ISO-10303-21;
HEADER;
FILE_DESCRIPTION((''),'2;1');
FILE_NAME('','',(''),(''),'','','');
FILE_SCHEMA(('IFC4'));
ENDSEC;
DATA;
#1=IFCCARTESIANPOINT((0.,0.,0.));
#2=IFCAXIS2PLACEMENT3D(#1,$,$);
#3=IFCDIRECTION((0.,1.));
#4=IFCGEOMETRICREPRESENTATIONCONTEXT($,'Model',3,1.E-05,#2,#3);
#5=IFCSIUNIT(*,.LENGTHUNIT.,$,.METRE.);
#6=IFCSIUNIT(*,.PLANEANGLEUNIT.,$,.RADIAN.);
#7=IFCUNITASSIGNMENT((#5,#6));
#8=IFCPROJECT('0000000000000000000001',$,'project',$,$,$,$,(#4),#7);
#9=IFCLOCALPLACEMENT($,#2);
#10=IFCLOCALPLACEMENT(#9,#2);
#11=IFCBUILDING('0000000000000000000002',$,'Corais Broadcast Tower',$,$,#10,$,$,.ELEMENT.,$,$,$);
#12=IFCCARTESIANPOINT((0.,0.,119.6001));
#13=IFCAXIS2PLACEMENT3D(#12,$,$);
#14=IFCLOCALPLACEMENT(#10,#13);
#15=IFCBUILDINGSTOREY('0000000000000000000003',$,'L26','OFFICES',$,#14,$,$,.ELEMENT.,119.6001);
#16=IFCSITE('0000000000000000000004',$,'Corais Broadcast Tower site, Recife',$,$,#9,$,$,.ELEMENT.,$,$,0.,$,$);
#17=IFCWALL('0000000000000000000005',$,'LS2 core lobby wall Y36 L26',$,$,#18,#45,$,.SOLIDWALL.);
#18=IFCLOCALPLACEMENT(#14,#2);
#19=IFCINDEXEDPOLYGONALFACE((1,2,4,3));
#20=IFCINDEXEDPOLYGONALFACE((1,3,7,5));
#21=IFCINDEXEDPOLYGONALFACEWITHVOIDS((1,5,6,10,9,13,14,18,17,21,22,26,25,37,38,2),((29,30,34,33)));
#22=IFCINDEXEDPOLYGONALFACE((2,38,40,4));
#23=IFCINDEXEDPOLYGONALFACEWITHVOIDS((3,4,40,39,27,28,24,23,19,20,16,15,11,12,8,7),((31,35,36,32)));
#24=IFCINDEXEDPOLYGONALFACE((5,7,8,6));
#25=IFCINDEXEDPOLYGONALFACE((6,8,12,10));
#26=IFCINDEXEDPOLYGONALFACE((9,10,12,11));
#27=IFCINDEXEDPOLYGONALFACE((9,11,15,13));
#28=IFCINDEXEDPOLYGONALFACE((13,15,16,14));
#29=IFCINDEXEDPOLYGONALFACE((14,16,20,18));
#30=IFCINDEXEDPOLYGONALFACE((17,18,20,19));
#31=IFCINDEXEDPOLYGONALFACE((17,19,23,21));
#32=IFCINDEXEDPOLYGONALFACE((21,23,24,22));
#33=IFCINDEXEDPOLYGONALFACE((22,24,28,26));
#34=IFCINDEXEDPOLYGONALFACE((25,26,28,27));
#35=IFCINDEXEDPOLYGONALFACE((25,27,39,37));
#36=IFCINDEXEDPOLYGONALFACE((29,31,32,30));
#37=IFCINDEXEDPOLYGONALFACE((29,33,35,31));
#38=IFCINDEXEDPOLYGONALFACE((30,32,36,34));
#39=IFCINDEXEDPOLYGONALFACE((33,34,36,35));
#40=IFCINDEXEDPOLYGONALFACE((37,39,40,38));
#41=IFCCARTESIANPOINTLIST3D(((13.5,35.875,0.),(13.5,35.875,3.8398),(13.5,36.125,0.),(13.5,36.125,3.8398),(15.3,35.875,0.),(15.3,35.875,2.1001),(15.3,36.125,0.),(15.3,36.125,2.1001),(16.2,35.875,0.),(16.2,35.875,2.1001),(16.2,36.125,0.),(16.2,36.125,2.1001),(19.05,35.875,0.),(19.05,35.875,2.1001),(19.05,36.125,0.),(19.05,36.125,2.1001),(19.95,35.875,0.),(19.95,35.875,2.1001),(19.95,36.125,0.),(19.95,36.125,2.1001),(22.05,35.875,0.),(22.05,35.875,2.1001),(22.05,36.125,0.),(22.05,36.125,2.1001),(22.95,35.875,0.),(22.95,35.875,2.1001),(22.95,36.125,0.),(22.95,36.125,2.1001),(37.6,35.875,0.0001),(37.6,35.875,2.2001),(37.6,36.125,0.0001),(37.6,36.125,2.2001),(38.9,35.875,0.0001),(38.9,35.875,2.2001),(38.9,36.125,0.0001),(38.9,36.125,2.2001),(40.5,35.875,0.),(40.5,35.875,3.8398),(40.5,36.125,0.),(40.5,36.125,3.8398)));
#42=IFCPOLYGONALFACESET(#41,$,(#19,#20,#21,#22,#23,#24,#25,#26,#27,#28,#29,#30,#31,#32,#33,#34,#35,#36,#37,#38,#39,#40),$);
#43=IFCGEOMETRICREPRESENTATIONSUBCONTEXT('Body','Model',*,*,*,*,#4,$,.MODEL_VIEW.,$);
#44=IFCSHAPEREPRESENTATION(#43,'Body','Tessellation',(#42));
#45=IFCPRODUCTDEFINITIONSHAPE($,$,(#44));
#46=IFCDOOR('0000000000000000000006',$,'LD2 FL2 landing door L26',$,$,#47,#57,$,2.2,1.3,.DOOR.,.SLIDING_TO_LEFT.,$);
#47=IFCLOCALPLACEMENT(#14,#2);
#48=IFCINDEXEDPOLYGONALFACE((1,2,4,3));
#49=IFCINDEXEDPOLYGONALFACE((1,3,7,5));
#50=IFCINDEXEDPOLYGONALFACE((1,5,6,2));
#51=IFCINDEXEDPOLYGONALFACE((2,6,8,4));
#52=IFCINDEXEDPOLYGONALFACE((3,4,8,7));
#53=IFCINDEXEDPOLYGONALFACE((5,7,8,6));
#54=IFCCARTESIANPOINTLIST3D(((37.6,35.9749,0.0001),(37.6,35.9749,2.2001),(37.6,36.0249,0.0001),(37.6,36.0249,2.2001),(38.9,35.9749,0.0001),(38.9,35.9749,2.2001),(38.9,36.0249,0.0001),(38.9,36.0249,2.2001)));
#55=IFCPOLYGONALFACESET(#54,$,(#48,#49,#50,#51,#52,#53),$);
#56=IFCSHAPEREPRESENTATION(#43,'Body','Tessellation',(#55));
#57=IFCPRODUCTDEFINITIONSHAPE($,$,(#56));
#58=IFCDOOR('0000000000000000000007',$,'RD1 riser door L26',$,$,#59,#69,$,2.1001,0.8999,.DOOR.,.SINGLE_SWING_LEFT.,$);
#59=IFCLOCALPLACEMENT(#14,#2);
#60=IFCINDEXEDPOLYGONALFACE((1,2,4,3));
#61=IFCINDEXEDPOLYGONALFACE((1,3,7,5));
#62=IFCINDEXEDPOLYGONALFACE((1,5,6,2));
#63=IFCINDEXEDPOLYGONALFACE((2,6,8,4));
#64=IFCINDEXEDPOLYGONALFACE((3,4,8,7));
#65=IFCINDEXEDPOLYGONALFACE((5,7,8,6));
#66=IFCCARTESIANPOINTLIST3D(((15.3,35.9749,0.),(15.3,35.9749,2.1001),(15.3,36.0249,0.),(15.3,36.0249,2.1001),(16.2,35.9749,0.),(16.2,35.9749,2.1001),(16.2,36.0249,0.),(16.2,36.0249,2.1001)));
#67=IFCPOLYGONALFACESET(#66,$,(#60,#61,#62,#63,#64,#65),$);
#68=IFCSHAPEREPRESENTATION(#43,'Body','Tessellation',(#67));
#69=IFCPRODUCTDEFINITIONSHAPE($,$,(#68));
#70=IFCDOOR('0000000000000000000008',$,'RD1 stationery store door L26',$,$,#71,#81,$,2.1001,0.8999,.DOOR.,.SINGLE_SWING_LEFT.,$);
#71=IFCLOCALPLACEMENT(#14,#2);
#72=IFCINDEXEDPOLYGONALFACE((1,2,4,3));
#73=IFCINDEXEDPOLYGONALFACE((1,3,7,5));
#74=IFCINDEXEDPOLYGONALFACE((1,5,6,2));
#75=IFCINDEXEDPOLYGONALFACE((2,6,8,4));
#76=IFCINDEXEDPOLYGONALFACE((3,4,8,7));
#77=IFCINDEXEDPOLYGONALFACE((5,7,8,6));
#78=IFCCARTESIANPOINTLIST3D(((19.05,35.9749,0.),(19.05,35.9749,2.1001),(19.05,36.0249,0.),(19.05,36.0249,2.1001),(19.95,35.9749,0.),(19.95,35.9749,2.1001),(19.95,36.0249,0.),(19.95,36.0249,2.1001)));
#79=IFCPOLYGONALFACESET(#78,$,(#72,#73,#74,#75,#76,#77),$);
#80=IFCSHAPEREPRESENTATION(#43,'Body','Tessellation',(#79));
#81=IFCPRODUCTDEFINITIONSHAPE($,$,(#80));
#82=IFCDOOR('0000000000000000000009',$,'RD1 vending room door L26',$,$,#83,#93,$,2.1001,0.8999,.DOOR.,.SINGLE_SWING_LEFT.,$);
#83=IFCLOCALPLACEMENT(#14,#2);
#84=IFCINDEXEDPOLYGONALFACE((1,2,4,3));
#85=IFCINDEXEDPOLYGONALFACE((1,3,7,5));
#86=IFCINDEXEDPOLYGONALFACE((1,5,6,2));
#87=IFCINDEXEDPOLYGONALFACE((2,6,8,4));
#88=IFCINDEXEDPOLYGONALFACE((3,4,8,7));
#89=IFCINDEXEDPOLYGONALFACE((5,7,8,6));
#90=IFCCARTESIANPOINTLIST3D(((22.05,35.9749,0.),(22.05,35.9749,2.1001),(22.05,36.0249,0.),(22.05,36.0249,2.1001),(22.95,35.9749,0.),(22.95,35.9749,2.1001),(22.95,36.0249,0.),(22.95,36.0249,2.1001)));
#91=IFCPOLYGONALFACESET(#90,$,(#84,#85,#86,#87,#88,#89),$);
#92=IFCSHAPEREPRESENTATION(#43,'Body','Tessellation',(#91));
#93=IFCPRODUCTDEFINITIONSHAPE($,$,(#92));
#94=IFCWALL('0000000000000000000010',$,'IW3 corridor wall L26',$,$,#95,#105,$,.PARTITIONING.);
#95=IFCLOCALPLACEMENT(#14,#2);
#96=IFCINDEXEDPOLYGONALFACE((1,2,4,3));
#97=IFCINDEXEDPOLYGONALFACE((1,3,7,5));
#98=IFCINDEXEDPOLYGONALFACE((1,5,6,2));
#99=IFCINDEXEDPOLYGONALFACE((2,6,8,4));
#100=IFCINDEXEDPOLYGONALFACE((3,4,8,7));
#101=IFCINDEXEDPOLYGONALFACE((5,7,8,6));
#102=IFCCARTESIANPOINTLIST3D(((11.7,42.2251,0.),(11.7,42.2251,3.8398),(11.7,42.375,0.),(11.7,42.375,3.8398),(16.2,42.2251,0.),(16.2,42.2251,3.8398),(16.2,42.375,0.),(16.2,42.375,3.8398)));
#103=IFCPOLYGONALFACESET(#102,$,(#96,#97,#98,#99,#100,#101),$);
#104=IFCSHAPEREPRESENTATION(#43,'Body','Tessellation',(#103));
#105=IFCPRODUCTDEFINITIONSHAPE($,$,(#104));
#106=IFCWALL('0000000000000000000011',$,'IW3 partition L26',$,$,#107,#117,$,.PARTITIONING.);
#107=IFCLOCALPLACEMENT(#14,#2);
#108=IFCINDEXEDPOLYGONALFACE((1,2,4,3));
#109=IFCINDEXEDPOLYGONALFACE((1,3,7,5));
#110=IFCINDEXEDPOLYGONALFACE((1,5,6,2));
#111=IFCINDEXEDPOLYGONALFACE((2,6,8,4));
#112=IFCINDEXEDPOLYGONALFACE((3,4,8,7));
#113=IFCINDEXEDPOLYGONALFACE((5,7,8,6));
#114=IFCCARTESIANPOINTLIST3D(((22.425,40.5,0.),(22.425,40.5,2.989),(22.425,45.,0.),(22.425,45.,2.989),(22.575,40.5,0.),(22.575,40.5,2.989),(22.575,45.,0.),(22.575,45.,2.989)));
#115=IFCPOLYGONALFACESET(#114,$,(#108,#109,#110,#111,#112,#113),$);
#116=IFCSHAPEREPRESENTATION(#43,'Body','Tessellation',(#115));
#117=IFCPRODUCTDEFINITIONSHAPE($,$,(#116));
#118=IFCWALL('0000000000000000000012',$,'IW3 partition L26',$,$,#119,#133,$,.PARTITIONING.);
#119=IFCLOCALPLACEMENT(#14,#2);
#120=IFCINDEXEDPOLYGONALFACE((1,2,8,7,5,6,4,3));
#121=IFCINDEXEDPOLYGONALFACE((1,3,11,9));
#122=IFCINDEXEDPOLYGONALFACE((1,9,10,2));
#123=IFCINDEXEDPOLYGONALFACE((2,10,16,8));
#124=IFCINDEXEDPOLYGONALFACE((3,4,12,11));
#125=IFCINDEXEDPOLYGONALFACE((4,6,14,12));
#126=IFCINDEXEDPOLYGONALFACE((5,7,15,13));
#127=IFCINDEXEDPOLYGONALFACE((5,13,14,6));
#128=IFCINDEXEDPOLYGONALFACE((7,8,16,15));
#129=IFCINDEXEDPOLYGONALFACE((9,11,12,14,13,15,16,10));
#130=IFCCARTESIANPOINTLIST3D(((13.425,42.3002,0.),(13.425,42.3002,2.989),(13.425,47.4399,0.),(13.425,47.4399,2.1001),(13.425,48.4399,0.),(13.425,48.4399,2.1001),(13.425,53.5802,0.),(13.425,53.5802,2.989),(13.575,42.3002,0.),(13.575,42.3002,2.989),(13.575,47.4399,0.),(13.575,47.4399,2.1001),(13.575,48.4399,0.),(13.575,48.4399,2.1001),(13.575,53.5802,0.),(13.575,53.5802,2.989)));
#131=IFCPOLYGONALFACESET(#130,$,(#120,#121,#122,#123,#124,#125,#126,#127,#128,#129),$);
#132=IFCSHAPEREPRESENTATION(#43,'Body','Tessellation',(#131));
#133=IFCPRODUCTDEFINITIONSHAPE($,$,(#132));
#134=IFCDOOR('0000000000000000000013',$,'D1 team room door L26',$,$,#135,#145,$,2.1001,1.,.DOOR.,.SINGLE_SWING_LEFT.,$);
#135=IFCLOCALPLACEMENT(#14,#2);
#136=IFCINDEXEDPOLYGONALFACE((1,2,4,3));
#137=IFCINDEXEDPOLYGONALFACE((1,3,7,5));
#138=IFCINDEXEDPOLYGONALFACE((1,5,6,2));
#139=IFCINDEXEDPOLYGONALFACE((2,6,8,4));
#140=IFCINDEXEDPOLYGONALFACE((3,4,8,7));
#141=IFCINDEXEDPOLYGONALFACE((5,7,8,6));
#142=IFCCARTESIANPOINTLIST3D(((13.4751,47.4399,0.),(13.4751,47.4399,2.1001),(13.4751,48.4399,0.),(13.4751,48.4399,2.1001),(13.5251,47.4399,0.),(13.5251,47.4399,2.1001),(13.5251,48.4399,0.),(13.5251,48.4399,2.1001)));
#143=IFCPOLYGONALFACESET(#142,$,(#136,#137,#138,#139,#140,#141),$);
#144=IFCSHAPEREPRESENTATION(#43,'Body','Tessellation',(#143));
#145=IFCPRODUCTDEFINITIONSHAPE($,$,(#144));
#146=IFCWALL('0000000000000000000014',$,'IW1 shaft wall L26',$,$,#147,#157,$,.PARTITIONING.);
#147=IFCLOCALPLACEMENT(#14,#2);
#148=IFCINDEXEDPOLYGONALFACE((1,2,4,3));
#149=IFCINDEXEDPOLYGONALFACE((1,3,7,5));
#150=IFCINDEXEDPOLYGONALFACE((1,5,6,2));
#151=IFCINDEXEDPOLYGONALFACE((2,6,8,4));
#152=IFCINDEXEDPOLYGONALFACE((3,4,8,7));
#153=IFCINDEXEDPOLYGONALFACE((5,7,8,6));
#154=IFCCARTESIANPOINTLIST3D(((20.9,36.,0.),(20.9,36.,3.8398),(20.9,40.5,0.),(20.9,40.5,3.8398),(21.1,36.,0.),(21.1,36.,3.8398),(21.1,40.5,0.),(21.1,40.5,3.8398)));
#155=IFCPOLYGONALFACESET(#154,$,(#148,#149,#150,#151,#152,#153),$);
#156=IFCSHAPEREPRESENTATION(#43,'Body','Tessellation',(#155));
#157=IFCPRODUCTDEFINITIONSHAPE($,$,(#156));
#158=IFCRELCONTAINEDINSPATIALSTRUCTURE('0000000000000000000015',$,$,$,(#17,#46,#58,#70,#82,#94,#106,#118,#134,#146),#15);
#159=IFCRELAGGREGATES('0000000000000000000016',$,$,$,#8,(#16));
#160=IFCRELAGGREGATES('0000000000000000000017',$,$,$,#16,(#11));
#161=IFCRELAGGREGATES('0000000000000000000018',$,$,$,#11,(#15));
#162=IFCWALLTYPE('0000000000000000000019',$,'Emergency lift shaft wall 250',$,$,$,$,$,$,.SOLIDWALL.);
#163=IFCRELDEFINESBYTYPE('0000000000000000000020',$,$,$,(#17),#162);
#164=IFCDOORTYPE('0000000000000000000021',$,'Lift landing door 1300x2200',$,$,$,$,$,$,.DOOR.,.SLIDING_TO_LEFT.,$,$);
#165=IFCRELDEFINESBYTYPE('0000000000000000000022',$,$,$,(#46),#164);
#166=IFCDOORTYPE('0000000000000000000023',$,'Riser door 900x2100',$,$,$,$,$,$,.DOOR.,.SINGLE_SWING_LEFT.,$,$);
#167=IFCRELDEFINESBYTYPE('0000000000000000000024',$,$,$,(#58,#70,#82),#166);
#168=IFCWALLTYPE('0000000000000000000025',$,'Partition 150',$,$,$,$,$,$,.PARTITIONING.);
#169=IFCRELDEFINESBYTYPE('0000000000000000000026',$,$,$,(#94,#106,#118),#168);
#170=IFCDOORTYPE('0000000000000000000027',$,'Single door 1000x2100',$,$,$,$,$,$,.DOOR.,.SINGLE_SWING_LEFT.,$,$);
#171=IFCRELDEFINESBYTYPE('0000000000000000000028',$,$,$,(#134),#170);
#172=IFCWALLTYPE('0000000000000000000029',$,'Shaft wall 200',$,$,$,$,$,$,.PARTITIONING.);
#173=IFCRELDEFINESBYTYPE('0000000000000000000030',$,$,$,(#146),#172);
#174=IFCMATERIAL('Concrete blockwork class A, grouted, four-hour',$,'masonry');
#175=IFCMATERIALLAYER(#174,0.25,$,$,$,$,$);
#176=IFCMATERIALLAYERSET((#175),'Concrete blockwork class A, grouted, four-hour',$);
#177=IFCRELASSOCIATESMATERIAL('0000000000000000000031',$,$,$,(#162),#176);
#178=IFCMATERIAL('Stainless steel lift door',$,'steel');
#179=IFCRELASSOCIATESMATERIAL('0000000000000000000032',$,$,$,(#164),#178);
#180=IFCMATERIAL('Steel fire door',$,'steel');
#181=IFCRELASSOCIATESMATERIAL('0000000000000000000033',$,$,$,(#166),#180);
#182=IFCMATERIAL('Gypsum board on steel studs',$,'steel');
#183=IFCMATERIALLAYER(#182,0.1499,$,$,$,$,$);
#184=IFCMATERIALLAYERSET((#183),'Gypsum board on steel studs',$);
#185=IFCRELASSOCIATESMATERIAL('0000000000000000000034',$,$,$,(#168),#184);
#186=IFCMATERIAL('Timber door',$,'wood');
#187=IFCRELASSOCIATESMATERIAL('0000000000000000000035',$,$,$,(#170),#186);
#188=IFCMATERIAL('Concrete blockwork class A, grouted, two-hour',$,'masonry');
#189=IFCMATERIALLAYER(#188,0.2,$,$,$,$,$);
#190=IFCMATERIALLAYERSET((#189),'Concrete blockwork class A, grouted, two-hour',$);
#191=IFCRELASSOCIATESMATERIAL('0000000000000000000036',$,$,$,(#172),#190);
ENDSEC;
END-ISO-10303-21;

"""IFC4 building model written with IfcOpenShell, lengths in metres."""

from ifc_helpers import new_model, si_unit, direction, frame, frame_2d, origin, place, context, subcontext, project, spatial, rectangle, extrude, material, layer, layer_set, type_object, element, fill, save


model = new_model("IFC4")

# Units and contexts
model_context = context("Model", 3, precision=1e-05, world=origin(), true_north=direction((0.0, 1.0)))
body_context = subcontext(model_context, "Body", "Model", "MODEL_VIEW")
ifc_project = project(units=[si_unit("LENGTHUNIT", "METRE"), si_unit("PLANEANGLEUNIT", "RADIAN")], contexts=[model_context])

# Site, building, storey
site_placement = place(None, origin())
site = spatial("IfcSite", under=ifc_project, at=site_placement, Name="Corais Broadcast Tower site, Recife", CompositionType="ELEMENT", RefElevation=0.0)
building_placement = place(site_placement, origin())
building = spatial("IfcBuilding", under=site, at=building_placement, Name="Corais Broadcast Tower", CompositionType="ELEMENT")
storey_placement = place(building_placement, frame((0.0, 0.0, 119.6001)))
storey = spatial("IfcBuildingStorey", under=building, at=storey_placement, Name="L26", Description="OFFICES", CompositionType="ELEMENT", Elevation=119.6001)

# Wall, openings, doors
ifc_material_1 = material(Name="Concrete blockwork class A, grouted, four-hour", Category="masonry")
ifc_layer_1 = layer(ifc_material_1, 0.25)
ifc_layer_set_1 = layer_set([ifc_layer_1], Name="Concrete blockwork class A, grouted, four-hour")
wall_type_1 = type_object("IfcWallType", Name="Emergency lift shaft wall 250", PredefinedType="SOLIDWALL", material=ifc_layer_set_1)
wall_1_placement = place(storey_placement, frame((13.5, 36.0, 0.0), z_axis=(0.0, 0.0, 1.0), x_axis=(1.0, 0.0, 0.0)))
wall_1 = element("IfcWall", 1, at=wall_1_placement, inside=storey, type_object=wall_type_1, Name="LS2 core lobby wall Y36 L26", PredefinedType="SOLIDWALL", context=body_context, shape_type="SweptSolid", body=[
    extrude(rectangle(XDim=27.0, YDim=0.25, at=frame_2d((13.5, 0.0))), origin(), (0.0, 0.0, 1.0), 3.8398),
])
opening_1_placement = place(wall_1_placement, frame((1.8, 0.0, 0.0)))
opening_1 = element("IfcOpeningElement", 2, at=opening_1_placement, cuts=wall_1, PredefinedType="OPENING", context=body_context, shape_type="SweptSolid", body=[
    extrude(rectangle(XDim=0.8999, YDim=2.1001, at=frame_2d((0.45, 1.05))), frame((0.0, 0.135, 0.0), z_axis=(0.0, -1.0, 0.0), x_axis=(1.0, 0.0, 0.0)), (0.0, 0.0, 1.0), 0.27),
])
opening_2_placement = place(wall_1_placement, frame((5.55, 0.0, 0.0)))
opening_2 = element("IfcOpeningElement", 3, at=opening_2_placement, cuts=wall_1, PredefinedType="OPENING", context=body_context, shape_type="SweptSolid", body=[
    extrude(rectangle(XDim=0.8999, YDim=2.1001, at=frame_2d((0.45, 1.05))), frame((0.0, 0.135, 0.0), z_axis=(0.0, -1.0, 0.0), x_axis=(1.0, 0.0, 0.0)), (0.0, 0.0, 1.0), 0.27),
])
opening_3_placement = place(wall_1_placement, frame((8.55, 0.0, 0.0)))
opening_3 = element("IfcOpeningElement", 4, at=opening_3_placement, cuts=wall_1, PredefinedType="OPENING", context=body_context, shape_type="SweptSolid", body=[
    extrude(rectangle(XDim=0.8999, YDim=2.1001, at=frame_2d((0.45, 1.05))), frame((0.0, 0.135, 0.0), z_axis=(0.0, -1.0, 0.0), x_axis=(1.0, 0.0, 0.0)), (0.0, 0.0, 1.0), 0.27),
])
opening_4_placement = place(wall_1_placement, frame((24.1001, 0.0, 0.0)))
opening_4 = element("IfcOpeningElement", 5, at=opening_4_placement, cuts=wall_1, PredefinedType="OPENING", context=body_context, shape_type="SweptSolid", body=[
    extrude(rectangle(XDim=1.3, YDim=2.2, at=frame_2d((0.6499, 1.1001))), frame((0.0, 0.135, 0.0), z_axis=(0.0, -1.0, 0.0), x_axis=(1.0, 0.0, 0.0)), (0.0, 0.0, 1.0), 0.27),
])
ifc_material_2 = material(Name="Stainless steel lift door", Category="steel")
door_type_1 = type_object("IfcDoorType", Name="Lift landing door 1300x2200", OperationType="SLIDING_TO_LEFT", PredefinedType="DOOR", material=ifc_material_2)
door_1_placement = place(opening_4_placement, origin())
door_1 = element("IfcDoor", 6, at=door_1_placement, inside=storey, type_object=door_type_1, Name="LD2 FL2 landing door L26", OperationType="SLIDING_TO_LEFT", OverallHeight=2.2, OverallWidth=1.3, PredefinedType="DOOR", context=body_context, shape_type="SweptSolid", body=[
    extrude(rectangle(XDim=1.3, YDim=2.2, at=frame_2d((0.6499, 1.1001))), frame((0.0, 0.0249, 0.0), z_axis=(0.0, -1.0, 0.0), x_axis=(1.0, 0.0, 0.0)), (0.0, 0.0, 1.0), 0.05),
])
fill(opening_4, door_1)
ifc_material_3 = material(Name="Steel fire door", Category="steel")
door_type_2 = type_object("IfcDoorType", Name="Riser door 900x2100", OperationType="SINGLE_SWING_LEFT", PredefinedType="DOOR", material=ifc_material_3)
door_2_placement = place(opening_1_placement, origin())
door_2 = element("IfcDoor", 7, at=door_2_placement, inside=storey, type_object=door_type_2, Name="RD1 riser door L26", OperationType="SINGLE_SWING_LEFT", OverallHeight=2.1001, OverallWidth=0.8999, PredefinedType="DOOR", context=body_context, shape_type="SweptSolid", body=[
    extrude(rectangle(XDim=0.8999, YDim=2.1001, at=frame_2d((0.45, 1.05))), frame((0.0, 0.0249, 0.0), z_axis=(0.0, -1.0, 0.0), x_axis=(1.0, 0.0, 0.0)), (0.0, 0.0, 1.0), 0.05),
])
fill(opening_1, door_2)
door_3_placement = place(opening_2_placement, origin())
door_3 = element("IfcDoor", 8, at=door_3_placement, inside=storey, type_object=door_type_2, Name="RD1 stationery store door L26", OperationType="SINGLE_SWING_LEFT", OverallHeight=2.1001, OverallWidth=0.8999, PredefinedType="DOOR", context=body_context, shape_type="SweptSolid", body=[
    extrude(rectangle(XDim=0.8999, YDim=2.1001, at=frame_2d((0.45, 1.05))), frame((0.0, 0.0249, 0.0), z_axis=(0.0, -1.0, 0.0), x_axis=(1.0, 0.0, 0.0)), (0.0, 0.0, 1.0), 0.05),
])
fill(opening_2, door_3)
door_4_placement = place(opening_3_placement, origin())
door_4 = element("IfcDoor", 9, at=door_4_placement, inside=storey, type_object=door_type_2, Name="RD1 vending room door L26", OperationType="SINGLE_SWING_LEFT", OverallHeight=2.1001, OverallWidth=0.8999, PredefinedType="DOOR", context=body_context, shape_type="SweptSolid", body=[
    extrude(rectangle(XDim=0.8999, YDim=2.1001, at=frame_2d((0.45, 1.05))), frame((0.0, 0.0249, 0.0), z_axis=(0.0, -1.0, 0.0), x_axis=(1.0, 0.0, 0.0)), (0.0, 0.0, 1.0), 0.05),
])
fill(opening_3, door_4)

# Walls
ifc_material_4 = material(Name="Gypsum board on steel studs", Category="steel")
ifc_layer_2 = layer(ifc_material_4, 0.1499)
ifc_layer_set_2 = layer_set([ifc_layer_2], Name="Gypsum board on steel studs")
wall_type_2 = type_object("IfcWallType", Name="Partition 150", PredefinedType="PARTITIONING", material=ifc_layer_set_2)
wall_2_placement = place(storey_placement, frame((16.2, 42.3, 0.0), z_axis=(0.0, 0.0, 1.0), x_axis=(-1.0, 0.0, 0.0)))
element("IfcWall", 10, at=wall_2_placement, inside=storey, type_object=wall_type_2, Name="IW3 corridor wall L26", PredefinedType="PARTITIONING", context=body_context, shape_type="SweptSolid", body=[
    extrude(rectangle(XDim=4.5, YDim=0.1499, at=frame_2d((2.25, 0.0))), origin(), (0.0, 0.0, 1.0), 3.8398),
])
wall_3_placement = place(storey_placement, frame((22.5, 45.0, 0.0), z_axis=(0.0, 0.0, 1.0), x_axis=(0.0, -1.0, 0.0)))
element("IfcWall", 11, at=wall_3_placement, inside=storey, type_object=wall_type_2, Name="IW3 partition L26", PredefinedType="PARTITIONING", context=body_context, shape_type="SweptSolid", body=[
    extrude(rectangle(XDim=4.5, YDim=0.1499, at=frame_2d((2.25, 0.0))), origin(), (0.0, 0.0, 1.0), 2.989),
])

# Wall, opening, door
wall_4_placement = place(storey_placement, frame((13.5, 42.3, 0.0), z_axis=(0.0, 0.0, 1.0), x_axis=(0.0, 1.0, 0.0)))
wall_4 = element("IfcWall", 12, at=wall_4_placement, inside=storey, type_object=wall_type_2, Name="IW3 partition L26", PredefinedType="PARTITIONING", context=body_context, shape_type="SweptSolid", body=[
    extrude(rectangle(XDim=11.28, YDim=0.1499, at=frame_2d((5.6401, 0.0))), origin(), (0.0, 0.0, 1.0), 2.989),
])
opening_5_placement = place(wall_4_placement, frame((5.1399, 0.0, 0.0)))
opening_5 = element("IfcOpeningElement", 13, at=opening_5_placement, cuts=wall_4, PredefinedType="OPENING", context=body_context, shape_type="SweptSolid", body=[
    extrude(rectangle(XDim=1.0, YDim=2.1001, at=frame_2d((0.5, 1.05))), frame((0.0, 0.085, 0.0), z_axis=(0.0, -1.0, 0.0), x_axis=(1.0, 0.0, 0.0)), (0.0, 0.0, 1.0), 0.1699),
])
ifc_material_5 = material(Name="Timber door", Category="wood")
door_type_3 = type_object("IfcDoorType", Name="Single door 1000x2100", OperationType="SINGLE_SWING_LEFT", PredefinedType="DOOR", material=ifc_material_5)
door_5_placement = place(opening_5_placement, origin())
door_5 = element("IfcDoor", 14, at=door_5_placement, inside=storey, type_object=door_type_3, Name="D1 team room door L26", OperationType="SINGLE_SWING_LEFT", OverallHeight=2.1001, OverallWidth=1.0, PredefinedType="DOOR", context=body_context, shape_type="SweptSolid", body=[
    extrude(rectangle(XDim=1.0, YDim=2.1001, at=frame_2d((0.5, 1.05))), frame((0.0, 0.0249, 0.0), z_axis=(0.0, -1.0, 0.0), x_axis=(1.0, 0.0, 0.0)), (0.0, 0.0, 1.0), 0.05),
])
fill(opening_5, door_5)

# Wall
ifc_material_6 = material(Name="Concrete blockwork class A, grouted, two-hour", Category="masonry")
ifc_layer_3 = layer(ifc_material_6, 0.2)
ifc_layer_set_3 = layer_set([ifc_layer_3], Name="Concrete blockwork class A, grouted, two-hour")
wall_type_3 = type_object("IfcWallType", Name="Shaft wall 200", PredefinedType="PARTITIONING", material=ifc_layer_set_3)
wall_5_placement = place(storey_placement, frame((21.0, 36.0, 0.0), z_axis=(0.0, 0.0, 1.0), x_axis=(0.0, 1.0, 0.0)))
element("IfcWall", 15, at=wall_5_placement, inside=storey, type_object=wall_type_3, Name="IW1 shaft wall L26", PredefinedType="PARTITIONING", context=body_context, shape_type="SweptSolid", body=[
    extrude(rectangle(XDim=4.5, YDim=0.2, at=frame_2d((2.25, 0.0))), origin(), (0.0, 0.0, 1.0), 3.8398),
])

save(model, "model.ifc")
